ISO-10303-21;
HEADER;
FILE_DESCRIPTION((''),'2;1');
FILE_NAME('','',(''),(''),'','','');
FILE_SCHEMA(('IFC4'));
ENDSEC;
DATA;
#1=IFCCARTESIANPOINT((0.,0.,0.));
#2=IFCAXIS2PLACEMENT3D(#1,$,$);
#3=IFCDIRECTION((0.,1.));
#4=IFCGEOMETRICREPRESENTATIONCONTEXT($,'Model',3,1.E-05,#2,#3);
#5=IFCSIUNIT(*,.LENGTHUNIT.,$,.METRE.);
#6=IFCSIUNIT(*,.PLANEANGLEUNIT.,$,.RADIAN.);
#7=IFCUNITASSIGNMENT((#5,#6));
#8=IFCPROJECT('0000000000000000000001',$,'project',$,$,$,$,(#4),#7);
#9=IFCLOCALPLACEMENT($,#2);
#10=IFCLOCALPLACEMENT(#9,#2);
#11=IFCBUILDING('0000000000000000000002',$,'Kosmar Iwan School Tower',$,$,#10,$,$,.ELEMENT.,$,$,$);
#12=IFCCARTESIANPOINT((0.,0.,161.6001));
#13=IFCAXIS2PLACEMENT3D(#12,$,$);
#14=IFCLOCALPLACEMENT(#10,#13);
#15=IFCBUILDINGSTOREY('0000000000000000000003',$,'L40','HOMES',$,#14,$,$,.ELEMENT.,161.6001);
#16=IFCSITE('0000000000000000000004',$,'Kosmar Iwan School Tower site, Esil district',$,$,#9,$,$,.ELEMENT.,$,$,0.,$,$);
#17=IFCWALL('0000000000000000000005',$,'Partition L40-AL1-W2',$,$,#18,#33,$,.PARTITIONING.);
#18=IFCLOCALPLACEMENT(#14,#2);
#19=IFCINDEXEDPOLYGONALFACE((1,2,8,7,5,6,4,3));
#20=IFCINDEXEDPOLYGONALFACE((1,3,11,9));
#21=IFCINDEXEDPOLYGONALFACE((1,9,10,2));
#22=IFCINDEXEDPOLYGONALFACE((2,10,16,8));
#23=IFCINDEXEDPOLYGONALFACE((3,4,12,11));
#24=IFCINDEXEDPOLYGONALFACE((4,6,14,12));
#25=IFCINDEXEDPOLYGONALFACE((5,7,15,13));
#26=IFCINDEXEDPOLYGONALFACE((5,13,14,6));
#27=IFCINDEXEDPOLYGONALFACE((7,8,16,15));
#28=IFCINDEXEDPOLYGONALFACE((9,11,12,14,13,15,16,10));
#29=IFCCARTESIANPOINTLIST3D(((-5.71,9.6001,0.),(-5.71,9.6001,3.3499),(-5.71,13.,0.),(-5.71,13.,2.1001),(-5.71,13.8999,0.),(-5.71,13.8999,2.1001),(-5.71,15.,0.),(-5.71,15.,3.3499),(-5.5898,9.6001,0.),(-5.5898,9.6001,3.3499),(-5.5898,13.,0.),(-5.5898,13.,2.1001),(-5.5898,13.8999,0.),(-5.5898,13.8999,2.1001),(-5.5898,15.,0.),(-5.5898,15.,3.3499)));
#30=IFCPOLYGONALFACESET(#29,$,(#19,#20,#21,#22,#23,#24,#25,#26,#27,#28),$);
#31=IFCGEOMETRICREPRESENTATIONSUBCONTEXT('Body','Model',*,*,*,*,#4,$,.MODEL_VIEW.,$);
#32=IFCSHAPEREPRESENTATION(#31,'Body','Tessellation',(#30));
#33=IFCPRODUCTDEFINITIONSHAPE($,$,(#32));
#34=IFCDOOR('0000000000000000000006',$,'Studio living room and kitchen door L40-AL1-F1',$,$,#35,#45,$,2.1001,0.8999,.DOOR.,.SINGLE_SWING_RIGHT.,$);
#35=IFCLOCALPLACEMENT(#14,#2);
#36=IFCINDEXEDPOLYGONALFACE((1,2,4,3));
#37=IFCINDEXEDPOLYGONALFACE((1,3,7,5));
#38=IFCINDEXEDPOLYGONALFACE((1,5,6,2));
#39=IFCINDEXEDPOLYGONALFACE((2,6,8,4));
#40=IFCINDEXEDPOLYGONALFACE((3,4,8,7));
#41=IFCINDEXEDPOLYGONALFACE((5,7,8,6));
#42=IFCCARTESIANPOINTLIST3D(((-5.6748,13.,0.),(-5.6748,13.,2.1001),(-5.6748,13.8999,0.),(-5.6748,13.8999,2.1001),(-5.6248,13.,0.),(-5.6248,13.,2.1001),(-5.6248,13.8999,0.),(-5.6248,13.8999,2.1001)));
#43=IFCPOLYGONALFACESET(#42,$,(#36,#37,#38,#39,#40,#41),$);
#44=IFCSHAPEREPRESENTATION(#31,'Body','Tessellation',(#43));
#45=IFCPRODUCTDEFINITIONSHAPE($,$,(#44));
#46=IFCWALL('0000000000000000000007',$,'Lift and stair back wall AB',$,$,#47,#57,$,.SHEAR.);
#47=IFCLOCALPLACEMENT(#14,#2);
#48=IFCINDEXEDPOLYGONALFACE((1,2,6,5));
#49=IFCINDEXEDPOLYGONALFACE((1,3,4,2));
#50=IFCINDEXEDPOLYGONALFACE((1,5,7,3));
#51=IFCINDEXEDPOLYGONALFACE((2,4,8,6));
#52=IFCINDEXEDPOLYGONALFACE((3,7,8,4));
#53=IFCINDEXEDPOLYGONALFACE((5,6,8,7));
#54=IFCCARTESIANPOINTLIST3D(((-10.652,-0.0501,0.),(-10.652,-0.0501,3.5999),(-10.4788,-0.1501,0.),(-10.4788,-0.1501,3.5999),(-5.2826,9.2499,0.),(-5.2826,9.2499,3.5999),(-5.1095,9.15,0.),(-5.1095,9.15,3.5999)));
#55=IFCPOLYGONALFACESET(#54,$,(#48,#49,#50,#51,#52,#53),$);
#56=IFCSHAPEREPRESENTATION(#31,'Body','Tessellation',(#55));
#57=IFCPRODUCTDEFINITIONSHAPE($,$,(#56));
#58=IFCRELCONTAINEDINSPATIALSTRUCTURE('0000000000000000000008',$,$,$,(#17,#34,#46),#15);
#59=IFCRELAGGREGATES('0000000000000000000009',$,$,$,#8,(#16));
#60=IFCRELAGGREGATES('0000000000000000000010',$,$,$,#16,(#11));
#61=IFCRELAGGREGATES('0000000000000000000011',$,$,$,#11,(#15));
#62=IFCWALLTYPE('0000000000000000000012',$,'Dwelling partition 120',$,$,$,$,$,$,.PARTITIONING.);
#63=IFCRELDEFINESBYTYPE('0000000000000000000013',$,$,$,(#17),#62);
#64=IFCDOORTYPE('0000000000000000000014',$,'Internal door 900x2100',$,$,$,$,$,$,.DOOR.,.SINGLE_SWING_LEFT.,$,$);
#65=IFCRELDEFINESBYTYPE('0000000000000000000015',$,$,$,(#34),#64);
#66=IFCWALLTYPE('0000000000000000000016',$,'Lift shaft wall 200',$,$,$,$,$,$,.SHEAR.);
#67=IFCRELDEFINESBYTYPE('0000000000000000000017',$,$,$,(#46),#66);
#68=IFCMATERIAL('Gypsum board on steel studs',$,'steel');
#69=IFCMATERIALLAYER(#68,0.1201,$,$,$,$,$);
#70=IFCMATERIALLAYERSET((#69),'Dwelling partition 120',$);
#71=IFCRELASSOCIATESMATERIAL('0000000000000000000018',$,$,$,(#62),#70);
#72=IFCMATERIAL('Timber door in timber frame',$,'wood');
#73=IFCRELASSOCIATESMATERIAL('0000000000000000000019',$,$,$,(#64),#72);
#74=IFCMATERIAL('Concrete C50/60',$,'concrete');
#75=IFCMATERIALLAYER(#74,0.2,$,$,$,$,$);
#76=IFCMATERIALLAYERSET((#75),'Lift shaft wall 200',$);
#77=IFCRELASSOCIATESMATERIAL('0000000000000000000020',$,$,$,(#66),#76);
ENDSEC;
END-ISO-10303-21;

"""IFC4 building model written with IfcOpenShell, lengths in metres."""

from ifc_helpers import new_model, si_unit, direction, frame, frame_2d, origin, place, context, subcontext, project, spatial, rectangle, extrude, material, layer, layer_set, type_object, element, fill, save


model = new_model("IFC4")

# Units and contexts
model_context = context("Model", 3, precision=1e-05, world=origin(), true_north=direction((0.0, 1.0)))
body_context = subcontext(model_context, "Body", "Model", "MODEL_VIEW")
ifc_project = project(units=[si_unit("LENGTHUNIT", "METRE"), si_unit("PLANEANGLEUNIT", "RADIAN")], contexts=[model_context])

# Site, building, storey
site_placement = place(None, origin())
site = spatial("IfcSite", under=ifc_project, at=site_placement, Name="Kosmar Iwan School Tower site, Esil district", CompositionType="ELEMENT", RefElevation=0.0)
building_placement = place(site_placement, origin())
building = spatial("IfcBuilding", under=site, at=building_placement, Name="Kosmar Iwan School Tower", CompositionType="ELEMENT")
storey_placement = place(building_placement, frame((0.0, 0.0, 161.6001)))
storey = spatial("IfcBuildingStorey", under=building, at=storey_placement, Name="L40", Description="HOMES", CompositionType="ELEMENT", Elevation=161.6001)

# Shared definitions
ifc_material_1 = material(Name="Gypsum board on steel studs", Category="steel")
ifc_layer_1 = layer(ifc_material_1, 0.1201)
ifc_layer_set_1 = layer_set([ifc_layer_1], Name="Dwelling partition 120")
wall_type_1 = type_object("IfcWallType", Name="Dwelling partition 120", PredefinedType="PARTITIONING", material=ifc_layer_set_1)
ifc_material_2 = material(Name="Timber door in timber frame", Category="wood")
door_type_1 = type_object("IfcDoorType", Name="Internal door 900x2100", OperationType="SINGLE_SWING_LEFT", PredefinedType="DOOR", material=ifc_material_2)

# Wall, opening, door
wall_1_placement = place(storey_placement, frame((-5.6499, 9.6001, 0.0), z_axis=(0.0, 0.0, 1.0), x_axis=(0.0, 1.0, 0.0)))
wall_1 = element("IfcWall", 1, at=wall_1_placement, inside=storey, type_object=wall_type_1, Name="Partition L40-AL1-W2", PredefinedType="PARTITIONING", context=body_context, shape_type="SweptSolid", body=[
    extrude(rectangle(XDim=5.3999, YDim=0.1201, at=frame_2d((2.7, 0.0))), origin(), (0.0, 0.0, 1.0), 3.3499),
])
opening_1_placement = place(wall_1_placement, frame((3.3999, 0.0, 0.0)))
opening_1 = element("IfcOpeningElement", 2, at=opening_1_placement, cuts=wall_1, PredefinedType="OPENING", context=body_context, shape_type="SweptSolid", body=[
    extrude(rectangle(XDim=0.8999, YDim=2.1001, at=frame_2d((0.45, 1.05))), frame((0.0, 0.072, 0.0), z_axis=(0.0, -1.0, 0.0), x_axis=(1.0, 0.0, 0.0)), (0.0, 0.0, 1.0), 0.144),
])
door_1_placement = place(opening_1_placement, origin())
door_1 = element("IfcDoor", 3, at=door_1_placement, inside=storey, type_object=door_type_1, Name="Studio living room and kitchen door L40-AL1-F1", OperationType="SINGLE_SWING_RIGHT", OverallHeight=2.1001, OverallWidth=0.8999, PredefinedType="DOOR", context=body_context, shape_type="SweptSolid", body=[
    extrude(rectangle(XDim=0.8999, YDim=2.1001, at=frame_2d((0.45, 1.05))), frame((0.0, 0.0249, 0.0), z_axis=(0.0, -1.0, 0.0), x_axis=(1.0, 0.0, 0.0)), (0.0, 0.0, 1.0), 0.05),
])
fill(opening_1, door_1)

# Wall
ifc_material_3 = material(Name="Concrete C50/60", Category="concrete")
ifc_layer_2 = layer(ifc_material_3, 0.2)
ifc_layer_set_2 = layer_set([ifc_layer_2], Name="Lift shaft wall 200")
wall_type_2 = type_object("IfcWallType", Name="Lift shaft wall 200", PredefinedType="SHEAR", material=ifc_layer_set_2)
wall_2_placement = place(storey_placement, frame((-5.196, 9.2, 0.0), z_axis=(0.0, 0.0, 1.0), x_axis=(-0.5, -0.866025, 0.0)))
element("IfcWall", 4, at=wall_2_placement, inside=storey, type_object=wall_type_2, Name="Lift and stair back wall AB", PredefinedType="SHEAR", context=body_context, shape_type="SweptSolid", body=[
    extrude(rectangle(XDim=10.7388, YDim=0.2, at=frame_2d((5.3694, 0.0))), origin(), (0.0, 0.0, 1.0), 3.5999),
])

save(model, "model.ifc")
